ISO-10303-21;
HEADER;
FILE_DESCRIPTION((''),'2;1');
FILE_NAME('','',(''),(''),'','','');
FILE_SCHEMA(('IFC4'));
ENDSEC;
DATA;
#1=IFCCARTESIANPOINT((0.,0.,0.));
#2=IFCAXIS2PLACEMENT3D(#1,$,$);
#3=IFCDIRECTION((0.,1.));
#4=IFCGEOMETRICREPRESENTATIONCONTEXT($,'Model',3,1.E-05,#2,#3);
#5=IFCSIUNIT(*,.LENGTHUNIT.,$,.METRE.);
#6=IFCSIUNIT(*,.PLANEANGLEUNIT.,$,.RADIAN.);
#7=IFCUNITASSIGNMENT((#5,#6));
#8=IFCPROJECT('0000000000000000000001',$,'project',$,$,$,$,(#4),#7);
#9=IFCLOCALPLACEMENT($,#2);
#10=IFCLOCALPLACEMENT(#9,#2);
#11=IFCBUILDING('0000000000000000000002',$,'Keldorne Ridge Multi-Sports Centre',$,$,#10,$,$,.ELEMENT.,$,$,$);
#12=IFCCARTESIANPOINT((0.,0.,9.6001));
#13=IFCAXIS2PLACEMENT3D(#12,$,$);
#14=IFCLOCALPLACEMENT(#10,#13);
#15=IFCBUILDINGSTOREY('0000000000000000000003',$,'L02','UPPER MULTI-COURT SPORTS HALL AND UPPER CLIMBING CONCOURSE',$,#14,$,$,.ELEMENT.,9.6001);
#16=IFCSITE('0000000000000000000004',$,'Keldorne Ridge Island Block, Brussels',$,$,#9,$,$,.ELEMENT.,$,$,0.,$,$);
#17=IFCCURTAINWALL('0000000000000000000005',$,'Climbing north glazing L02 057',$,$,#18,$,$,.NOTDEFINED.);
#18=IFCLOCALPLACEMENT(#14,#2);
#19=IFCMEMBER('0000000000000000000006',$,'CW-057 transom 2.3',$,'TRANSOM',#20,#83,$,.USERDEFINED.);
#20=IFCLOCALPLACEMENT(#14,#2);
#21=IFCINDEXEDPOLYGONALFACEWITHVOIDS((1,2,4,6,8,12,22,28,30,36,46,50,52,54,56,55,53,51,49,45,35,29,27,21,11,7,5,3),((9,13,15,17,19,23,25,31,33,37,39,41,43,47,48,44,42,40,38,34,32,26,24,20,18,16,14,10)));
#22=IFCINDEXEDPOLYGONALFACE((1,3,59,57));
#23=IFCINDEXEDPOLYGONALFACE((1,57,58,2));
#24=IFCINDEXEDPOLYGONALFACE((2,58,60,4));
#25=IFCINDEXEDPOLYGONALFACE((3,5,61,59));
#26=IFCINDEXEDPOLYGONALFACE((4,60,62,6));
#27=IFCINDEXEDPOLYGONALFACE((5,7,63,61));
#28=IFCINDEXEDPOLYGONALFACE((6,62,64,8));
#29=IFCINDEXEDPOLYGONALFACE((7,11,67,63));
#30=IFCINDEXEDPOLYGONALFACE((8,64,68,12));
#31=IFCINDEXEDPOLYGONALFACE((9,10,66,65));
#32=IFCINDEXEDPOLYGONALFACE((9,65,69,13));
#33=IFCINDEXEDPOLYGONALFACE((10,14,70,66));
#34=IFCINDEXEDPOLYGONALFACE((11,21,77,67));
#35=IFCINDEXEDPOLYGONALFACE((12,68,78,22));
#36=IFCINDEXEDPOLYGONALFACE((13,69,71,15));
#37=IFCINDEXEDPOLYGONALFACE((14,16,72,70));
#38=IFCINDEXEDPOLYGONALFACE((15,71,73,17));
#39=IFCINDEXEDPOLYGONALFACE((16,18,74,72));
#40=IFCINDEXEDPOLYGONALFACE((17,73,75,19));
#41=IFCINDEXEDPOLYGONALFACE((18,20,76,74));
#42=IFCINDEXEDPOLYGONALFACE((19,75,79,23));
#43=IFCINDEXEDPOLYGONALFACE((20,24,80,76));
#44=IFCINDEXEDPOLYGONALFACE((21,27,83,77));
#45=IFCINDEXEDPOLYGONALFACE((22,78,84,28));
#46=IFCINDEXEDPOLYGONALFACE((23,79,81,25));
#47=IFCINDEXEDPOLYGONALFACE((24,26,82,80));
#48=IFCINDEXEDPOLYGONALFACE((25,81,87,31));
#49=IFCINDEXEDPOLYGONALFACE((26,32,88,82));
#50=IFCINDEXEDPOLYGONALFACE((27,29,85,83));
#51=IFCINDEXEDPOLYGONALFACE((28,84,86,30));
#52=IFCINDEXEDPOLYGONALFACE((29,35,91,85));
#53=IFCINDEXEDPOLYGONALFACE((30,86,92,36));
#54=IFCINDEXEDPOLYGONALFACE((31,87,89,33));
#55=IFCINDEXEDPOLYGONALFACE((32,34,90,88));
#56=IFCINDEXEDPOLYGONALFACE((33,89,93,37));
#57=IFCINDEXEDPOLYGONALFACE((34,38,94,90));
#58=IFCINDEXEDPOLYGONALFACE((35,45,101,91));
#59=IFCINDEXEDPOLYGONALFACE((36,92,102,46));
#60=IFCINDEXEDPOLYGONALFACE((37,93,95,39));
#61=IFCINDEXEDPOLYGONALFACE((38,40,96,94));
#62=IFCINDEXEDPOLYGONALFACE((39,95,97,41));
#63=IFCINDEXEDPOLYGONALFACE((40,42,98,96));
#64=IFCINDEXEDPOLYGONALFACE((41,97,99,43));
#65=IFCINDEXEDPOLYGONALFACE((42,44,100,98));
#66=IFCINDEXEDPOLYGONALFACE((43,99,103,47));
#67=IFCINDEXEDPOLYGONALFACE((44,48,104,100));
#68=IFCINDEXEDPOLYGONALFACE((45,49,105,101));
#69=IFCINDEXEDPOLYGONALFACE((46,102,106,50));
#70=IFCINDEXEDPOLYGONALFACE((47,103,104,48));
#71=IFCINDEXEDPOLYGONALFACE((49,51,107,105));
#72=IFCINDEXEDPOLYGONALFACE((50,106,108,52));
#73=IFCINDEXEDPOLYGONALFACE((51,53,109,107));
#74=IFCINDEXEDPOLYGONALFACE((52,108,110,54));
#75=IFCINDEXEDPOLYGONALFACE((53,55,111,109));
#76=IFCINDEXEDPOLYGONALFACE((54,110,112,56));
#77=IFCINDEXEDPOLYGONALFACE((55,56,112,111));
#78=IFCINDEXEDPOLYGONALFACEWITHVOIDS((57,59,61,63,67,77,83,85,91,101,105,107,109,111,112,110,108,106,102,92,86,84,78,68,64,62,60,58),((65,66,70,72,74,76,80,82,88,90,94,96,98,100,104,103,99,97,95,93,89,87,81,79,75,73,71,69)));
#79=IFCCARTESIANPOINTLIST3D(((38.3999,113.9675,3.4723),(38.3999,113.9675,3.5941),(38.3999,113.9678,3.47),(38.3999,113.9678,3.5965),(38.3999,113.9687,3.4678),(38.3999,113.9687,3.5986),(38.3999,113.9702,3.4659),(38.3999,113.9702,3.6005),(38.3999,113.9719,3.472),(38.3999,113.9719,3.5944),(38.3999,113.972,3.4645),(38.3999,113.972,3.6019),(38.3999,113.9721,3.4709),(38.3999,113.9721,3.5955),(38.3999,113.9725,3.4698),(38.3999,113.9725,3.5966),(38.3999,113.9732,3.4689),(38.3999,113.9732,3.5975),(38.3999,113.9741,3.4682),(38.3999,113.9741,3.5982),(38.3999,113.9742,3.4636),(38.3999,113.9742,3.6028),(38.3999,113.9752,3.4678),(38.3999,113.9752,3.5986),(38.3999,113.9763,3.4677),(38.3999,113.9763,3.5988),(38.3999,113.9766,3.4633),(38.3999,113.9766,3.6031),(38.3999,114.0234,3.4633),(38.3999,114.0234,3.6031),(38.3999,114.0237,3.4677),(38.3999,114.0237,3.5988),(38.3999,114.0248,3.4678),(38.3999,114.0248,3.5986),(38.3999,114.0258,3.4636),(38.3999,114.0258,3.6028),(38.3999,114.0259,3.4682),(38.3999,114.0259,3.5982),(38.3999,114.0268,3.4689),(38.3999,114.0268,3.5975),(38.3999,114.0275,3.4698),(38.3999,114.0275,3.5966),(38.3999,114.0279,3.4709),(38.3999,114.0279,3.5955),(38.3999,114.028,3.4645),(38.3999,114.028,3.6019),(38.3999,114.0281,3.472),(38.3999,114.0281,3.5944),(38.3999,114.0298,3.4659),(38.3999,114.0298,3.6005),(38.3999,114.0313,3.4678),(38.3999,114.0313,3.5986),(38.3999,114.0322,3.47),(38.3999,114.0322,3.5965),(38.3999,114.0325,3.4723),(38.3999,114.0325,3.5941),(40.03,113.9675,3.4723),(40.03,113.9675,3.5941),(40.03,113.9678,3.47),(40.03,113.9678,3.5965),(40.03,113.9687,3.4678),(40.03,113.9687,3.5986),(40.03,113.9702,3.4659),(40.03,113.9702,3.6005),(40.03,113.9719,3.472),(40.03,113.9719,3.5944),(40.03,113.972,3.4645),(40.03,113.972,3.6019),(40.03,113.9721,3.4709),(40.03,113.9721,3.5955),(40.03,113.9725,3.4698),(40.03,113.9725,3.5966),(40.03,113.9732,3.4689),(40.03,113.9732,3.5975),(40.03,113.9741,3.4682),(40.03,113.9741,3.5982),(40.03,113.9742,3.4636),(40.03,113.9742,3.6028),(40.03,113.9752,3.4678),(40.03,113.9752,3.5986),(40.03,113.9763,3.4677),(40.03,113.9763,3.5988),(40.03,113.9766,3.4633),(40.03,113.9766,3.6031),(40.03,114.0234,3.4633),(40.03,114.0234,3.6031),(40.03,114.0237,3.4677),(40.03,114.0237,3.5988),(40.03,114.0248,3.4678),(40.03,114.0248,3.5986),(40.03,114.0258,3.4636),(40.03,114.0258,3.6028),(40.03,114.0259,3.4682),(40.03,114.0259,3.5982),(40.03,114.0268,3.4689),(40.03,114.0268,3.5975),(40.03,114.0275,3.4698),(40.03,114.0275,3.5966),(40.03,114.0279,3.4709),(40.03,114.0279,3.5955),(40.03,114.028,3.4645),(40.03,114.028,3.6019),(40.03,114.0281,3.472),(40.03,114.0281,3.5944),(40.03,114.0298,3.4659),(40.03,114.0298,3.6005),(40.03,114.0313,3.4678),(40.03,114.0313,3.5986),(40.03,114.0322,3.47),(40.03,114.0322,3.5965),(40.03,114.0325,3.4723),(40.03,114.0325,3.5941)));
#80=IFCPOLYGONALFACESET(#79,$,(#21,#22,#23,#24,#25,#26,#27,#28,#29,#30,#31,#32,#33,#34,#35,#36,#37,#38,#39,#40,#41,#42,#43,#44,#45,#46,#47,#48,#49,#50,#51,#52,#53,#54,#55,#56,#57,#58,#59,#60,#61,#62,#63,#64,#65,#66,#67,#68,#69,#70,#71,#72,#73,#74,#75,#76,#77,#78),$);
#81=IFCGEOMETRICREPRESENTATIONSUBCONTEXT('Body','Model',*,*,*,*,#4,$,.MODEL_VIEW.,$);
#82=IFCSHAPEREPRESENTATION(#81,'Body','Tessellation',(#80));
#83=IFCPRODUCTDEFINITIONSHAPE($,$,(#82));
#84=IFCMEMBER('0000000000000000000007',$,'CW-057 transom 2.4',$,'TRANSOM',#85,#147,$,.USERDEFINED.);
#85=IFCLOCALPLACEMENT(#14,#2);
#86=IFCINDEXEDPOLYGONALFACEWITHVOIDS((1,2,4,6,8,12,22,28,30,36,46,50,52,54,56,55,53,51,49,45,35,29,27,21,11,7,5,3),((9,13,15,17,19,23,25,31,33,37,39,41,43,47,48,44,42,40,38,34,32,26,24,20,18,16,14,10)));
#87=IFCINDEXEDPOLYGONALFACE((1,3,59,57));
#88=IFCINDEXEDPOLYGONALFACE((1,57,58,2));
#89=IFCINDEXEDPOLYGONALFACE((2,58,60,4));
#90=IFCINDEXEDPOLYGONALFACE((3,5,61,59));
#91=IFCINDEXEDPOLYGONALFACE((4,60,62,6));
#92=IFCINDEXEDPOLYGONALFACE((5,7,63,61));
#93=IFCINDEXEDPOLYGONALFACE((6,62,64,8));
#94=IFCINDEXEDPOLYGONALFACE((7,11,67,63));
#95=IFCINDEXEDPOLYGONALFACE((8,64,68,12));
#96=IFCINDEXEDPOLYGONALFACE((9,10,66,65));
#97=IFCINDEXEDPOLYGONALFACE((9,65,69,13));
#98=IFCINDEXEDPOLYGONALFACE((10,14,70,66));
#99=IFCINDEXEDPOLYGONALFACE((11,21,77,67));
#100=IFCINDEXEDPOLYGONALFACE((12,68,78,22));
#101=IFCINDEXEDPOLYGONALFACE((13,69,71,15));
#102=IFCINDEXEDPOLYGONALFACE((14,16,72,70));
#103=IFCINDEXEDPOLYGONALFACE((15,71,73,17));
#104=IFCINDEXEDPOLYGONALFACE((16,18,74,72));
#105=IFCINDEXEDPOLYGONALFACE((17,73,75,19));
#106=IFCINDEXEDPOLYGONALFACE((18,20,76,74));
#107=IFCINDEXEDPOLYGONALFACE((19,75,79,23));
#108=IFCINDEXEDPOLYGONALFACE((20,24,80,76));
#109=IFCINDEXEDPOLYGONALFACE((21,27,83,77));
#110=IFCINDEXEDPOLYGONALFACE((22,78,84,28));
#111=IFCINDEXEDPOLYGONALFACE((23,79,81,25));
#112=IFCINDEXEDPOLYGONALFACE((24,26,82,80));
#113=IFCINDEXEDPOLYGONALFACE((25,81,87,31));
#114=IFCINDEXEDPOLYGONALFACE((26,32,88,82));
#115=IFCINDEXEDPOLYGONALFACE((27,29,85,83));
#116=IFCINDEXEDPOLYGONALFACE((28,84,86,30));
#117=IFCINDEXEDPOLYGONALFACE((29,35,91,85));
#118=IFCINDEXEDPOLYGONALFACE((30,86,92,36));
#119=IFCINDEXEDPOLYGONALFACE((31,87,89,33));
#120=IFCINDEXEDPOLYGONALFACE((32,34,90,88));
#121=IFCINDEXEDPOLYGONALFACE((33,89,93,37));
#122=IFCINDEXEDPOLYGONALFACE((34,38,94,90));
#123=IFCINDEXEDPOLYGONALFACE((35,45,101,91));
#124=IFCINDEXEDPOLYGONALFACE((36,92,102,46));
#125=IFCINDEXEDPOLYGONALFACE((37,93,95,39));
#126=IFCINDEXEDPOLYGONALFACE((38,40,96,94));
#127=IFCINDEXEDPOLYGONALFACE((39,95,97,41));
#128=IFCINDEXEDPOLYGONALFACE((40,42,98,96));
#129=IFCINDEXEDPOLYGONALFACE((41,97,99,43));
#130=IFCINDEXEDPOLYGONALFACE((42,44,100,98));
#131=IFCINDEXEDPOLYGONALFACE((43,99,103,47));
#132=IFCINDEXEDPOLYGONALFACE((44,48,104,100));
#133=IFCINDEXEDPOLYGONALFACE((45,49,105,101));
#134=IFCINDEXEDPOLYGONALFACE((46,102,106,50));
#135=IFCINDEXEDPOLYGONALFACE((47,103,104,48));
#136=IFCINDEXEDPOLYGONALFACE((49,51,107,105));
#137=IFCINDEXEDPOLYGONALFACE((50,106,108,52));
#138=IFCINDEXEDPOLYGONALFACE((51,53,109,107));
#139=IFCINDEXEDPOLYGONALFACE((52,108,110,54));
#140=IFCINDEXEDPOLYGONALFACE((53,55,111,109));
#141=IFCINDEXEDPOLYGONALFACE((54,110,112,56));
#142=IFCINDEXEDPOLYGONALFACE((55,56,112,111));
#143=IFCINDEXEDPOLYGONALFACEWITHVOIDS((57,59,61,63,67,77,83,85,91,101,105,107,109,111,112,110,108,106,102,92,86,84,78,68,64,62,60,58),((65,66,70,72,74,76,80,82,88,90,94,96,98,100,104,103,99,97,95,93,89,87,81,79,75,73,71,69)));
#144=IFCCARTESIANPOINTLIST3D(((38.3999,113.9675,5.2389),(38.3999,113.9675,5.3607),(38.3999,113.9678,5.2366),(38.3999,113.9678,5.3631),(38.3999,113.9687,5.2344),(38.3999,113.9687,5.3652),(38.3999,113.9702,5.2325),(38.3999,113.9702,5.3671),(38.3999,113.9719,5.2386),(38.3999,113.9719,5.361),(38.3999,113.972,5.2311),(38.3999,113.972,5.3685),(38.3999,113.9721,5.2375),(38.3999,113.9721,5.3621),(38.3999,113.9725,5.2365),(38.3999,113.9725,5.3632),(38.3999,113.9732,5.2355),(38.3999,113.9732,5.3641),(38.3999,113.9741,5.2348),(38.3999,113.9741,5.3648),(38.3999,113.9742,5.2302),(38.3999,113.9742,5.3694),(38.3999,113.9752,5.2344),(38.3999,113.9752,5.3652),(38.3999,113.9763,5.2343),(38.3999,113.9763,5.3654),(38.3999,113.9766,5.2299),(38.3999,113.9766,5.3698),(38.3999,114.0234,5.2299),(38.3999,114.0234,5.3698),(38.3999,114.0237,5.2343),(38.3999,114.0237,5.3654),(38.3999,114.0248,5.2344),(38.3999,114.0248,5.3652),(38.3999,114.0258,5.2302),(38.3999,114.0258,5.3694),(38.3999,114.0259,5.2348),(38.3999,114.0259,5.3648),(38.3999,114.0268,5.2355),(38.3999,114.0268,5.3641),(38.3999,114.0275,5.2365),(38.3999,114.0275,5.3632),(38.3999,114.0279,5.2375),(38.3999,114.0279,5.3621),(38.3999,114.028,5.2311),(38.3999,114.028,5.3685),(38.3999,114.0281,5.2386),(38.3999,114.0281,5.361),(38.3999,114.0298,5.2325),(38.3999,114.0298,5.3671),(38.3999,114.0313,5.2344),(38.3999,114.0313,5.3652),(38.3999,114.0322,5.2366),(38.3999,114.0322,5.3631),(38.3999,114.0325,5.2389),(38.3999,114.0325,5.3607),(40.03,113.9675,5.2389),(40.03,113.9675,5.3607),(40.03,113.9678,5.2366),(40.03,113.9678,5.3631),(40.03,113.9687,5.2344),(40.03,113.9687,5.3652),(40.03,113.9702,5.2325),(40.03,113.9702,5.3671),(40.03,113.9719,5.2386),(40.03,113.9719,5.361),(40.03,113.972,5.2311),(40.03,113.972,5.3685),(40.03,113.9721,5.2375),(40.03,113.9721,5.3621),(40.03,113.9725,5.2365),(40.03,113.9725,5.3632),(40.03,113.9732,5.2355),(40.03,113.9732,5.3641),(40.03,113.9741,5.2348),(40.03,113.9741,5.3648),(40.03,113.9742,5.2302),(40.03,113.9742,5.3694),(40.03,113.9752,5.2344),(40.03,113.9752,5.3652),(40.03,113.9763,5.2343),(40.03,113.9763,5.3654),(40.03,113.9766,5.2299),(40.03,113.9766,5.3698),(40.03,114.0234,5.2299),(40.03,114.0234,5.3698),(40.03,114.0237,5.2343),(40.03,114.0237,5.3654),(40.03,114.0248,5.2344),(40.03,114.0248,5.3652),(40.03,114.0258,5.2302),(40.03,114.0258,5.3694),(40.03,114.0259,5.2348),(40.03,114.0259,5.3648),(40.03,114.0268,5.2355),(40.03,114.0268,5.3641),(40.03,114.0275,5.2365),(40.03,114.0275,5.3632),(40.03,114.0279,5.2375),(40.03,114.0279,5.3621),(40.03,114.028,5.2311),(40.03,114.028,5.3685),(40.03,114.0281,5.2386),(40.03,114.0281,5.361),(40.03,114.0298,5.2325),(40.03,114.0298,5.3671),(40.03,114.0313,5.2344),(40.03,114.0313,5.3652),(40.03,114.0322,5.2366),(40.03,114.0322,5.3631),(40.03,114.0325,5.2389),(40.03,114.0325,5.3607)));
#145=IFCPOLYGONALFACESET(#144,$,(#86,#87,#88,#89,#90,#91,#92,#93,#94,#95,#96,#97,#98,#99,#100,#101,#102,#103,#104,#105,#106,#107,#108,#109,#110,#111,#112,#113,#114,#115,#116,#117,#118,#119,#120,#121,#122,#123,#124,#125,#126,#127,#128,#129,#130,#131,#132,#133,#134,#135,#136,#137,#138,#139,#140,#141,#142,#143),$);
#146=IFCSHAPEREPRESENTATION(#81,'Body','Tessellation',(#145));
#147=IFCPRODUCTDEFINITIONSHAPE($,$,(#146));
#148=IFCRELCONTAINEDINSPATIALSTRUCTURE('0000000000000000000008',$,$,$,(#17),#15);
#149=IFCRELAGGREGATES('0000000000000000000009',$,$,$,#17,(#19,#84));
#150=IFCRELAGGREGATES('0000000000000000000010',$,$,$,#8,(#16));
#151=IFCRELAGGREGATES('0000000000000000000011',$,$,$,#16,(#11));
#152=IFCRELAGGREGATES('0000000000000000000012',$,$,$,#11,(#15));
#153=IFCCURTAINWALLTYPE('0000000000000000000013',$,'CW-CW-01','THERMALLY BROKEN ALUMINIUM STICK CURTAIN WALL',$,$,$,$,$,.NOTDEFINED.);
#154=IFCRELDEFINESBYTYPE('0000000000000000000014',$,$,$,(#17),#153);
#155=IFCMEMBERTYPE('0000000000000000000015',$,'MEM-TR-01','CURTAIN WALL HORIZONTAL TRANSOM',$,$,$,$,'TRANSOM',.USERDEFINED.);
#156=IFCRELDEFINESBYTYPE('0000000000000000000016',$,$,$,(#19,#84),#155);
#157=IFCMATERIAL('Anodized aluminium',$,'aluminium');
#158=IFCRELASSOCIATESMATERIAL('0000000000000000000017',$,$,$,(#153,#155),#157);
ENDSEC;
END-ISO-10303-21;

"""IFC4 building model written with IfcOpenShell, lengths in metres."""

from ifc_helpers import new_model, si_unit, direction, frame, origin, origin_2d, place, context, subcontext, project, spatial, hollow_rectangle, extrude, material, material_profile, profile_set, type_object, element, aggregate, save


model = new_model("IFC4")

# Units and contexts
model_context = context("Model", 3, precision=1e-05, world=origin(), true_north=direction((0.0, 1.0)))
body_context = subcontext(model_context, "Body", "Model", "MODEL_VIEW")
ifc_project = project(units=[si_unit("LENGTHUNIT", "METRE"), si_unit("PLANEANGLEUNIT", "RADIAN")], contexts=[model_context])

# Site, building, storey
site_placement = place(None, origin())
site = spatial("IfcSite", under=ifc_project, at=site_placement, Name="Keldorne Ridge Island Block, Brussels", CompositionType="ELEMENT", RefElevation=0.0)
building_placement = place(site_placement, origin())
building = spatial("IfcBuilding", under=site, at=building_placement, Name="Keldorne Ridge Multi-Sports Centre", CompositionType="ELEMENT")
storey_placement = place(building_placement, frame((0.0, 0.0, 9.6001)))
storey = spatial("IfcBuildingStorey", under=building, at=storey_placement, Name="L02", Description="UPPER MULTI-COURT SPORTS HALL AND UPPER CLIMBING CONCOURSE", CompositionType="ELEMENT", Elevation=9.6001)

# Curtain wall, members
ifc_material_1 = material(Name="Anodized aluminium", Category="aluminium")
curtain_wall_type_1 = type_object("IfcCurtainWallType", Name="CW-CW-01", Description="THERMALLY BROKEN ALUMINIUM STICK CURTAIN WALL", PredefinedType="NOTDEFINED", material=ifc_material_1)
curtain_wall_1_placement = place(storey_placement, origin())
curtain_wall_1 = element("IfcCurtainWall", 1, at=curtain_wall_1_placement, inside=storey, type_object=curtain_wall_type_1, Name="Climbing north glazing L02 057", PredefinedType="NOTDEFINED")
ifc_material_profile_1 = material_profile(ifc_material_1, hollow_rectangle(XDim=0.0649, YDim=0.1399, WallThickness=0.0044, InnerFilletRadius=0.0044, OuterFilletRadius=0.009, at=origin_2d()), Name="ALU TRANSOM 140x65x4.5")
ifc_profile_set_1 = profile_set([ifc_material_profile_1], Name="Anodized aluminium")
member_type_1 = type_object("IfcMemberType", Name="MEM-TR-01", Description="CURTAIN WALL HORIZONTAL TRANSOM", ElementType="TRANSOM", PredefinedType="USERDEFINED", material=ifc_profile_set_1)
member_1_placement = place(storey_placement, frame((40.03, 114.0, 3.5332), z_axis=(-1.0, 0.0, 0.0), x_axis=(0.0, -1.0, 0.0)))
member_1 = element("IfcMember", 2, at=member_1_placement, type_object=member_type_1, Name="CW-057 transom 2.3", ObjectType="TRANSOM", PredefinedType="USERDEFINED", context=body_context, shape_type="SweptSolid", body=[
    extrude(hollow_rectangle(XDim=0.0649, YDim=0.1399, WallThickness=0.0044, InnerFilletRadius=0.0044, OuterFilletRadius=0.009, at=origin_2d()), origin(), (0.0, 0.0, 1.0), 1.6301),
])
member_2_placement = place(storey_placement, frame((40.03, 114.0, 5.2998), z_axis=(-1.0, 0.0, 0.0), x_axis=(0.0, -1.0, 0.0)))
member_2 = element("IfcMember", 3, at=member_2_placement, type_object=member_type_1, Name="CW-057 transom 2.4", ObjectType="TRANSOM", PredefinedType="USERDEFINED", context=body_context, shape_type="SweptSolid", body=[
    extrude(hollow_rectangle(XDim=0.0649, YDim=0.1399, WallThickness=0.0044, InnerFilletRadius=0.0044, OuterFilletRadius=0.009, at=origin_2d()), origin(), (0.0, 0.0, 1.0), 1.6301),
])

aggregate(curtain_wall_1, [member_1, member_2])

save(model, "model.ifc")
